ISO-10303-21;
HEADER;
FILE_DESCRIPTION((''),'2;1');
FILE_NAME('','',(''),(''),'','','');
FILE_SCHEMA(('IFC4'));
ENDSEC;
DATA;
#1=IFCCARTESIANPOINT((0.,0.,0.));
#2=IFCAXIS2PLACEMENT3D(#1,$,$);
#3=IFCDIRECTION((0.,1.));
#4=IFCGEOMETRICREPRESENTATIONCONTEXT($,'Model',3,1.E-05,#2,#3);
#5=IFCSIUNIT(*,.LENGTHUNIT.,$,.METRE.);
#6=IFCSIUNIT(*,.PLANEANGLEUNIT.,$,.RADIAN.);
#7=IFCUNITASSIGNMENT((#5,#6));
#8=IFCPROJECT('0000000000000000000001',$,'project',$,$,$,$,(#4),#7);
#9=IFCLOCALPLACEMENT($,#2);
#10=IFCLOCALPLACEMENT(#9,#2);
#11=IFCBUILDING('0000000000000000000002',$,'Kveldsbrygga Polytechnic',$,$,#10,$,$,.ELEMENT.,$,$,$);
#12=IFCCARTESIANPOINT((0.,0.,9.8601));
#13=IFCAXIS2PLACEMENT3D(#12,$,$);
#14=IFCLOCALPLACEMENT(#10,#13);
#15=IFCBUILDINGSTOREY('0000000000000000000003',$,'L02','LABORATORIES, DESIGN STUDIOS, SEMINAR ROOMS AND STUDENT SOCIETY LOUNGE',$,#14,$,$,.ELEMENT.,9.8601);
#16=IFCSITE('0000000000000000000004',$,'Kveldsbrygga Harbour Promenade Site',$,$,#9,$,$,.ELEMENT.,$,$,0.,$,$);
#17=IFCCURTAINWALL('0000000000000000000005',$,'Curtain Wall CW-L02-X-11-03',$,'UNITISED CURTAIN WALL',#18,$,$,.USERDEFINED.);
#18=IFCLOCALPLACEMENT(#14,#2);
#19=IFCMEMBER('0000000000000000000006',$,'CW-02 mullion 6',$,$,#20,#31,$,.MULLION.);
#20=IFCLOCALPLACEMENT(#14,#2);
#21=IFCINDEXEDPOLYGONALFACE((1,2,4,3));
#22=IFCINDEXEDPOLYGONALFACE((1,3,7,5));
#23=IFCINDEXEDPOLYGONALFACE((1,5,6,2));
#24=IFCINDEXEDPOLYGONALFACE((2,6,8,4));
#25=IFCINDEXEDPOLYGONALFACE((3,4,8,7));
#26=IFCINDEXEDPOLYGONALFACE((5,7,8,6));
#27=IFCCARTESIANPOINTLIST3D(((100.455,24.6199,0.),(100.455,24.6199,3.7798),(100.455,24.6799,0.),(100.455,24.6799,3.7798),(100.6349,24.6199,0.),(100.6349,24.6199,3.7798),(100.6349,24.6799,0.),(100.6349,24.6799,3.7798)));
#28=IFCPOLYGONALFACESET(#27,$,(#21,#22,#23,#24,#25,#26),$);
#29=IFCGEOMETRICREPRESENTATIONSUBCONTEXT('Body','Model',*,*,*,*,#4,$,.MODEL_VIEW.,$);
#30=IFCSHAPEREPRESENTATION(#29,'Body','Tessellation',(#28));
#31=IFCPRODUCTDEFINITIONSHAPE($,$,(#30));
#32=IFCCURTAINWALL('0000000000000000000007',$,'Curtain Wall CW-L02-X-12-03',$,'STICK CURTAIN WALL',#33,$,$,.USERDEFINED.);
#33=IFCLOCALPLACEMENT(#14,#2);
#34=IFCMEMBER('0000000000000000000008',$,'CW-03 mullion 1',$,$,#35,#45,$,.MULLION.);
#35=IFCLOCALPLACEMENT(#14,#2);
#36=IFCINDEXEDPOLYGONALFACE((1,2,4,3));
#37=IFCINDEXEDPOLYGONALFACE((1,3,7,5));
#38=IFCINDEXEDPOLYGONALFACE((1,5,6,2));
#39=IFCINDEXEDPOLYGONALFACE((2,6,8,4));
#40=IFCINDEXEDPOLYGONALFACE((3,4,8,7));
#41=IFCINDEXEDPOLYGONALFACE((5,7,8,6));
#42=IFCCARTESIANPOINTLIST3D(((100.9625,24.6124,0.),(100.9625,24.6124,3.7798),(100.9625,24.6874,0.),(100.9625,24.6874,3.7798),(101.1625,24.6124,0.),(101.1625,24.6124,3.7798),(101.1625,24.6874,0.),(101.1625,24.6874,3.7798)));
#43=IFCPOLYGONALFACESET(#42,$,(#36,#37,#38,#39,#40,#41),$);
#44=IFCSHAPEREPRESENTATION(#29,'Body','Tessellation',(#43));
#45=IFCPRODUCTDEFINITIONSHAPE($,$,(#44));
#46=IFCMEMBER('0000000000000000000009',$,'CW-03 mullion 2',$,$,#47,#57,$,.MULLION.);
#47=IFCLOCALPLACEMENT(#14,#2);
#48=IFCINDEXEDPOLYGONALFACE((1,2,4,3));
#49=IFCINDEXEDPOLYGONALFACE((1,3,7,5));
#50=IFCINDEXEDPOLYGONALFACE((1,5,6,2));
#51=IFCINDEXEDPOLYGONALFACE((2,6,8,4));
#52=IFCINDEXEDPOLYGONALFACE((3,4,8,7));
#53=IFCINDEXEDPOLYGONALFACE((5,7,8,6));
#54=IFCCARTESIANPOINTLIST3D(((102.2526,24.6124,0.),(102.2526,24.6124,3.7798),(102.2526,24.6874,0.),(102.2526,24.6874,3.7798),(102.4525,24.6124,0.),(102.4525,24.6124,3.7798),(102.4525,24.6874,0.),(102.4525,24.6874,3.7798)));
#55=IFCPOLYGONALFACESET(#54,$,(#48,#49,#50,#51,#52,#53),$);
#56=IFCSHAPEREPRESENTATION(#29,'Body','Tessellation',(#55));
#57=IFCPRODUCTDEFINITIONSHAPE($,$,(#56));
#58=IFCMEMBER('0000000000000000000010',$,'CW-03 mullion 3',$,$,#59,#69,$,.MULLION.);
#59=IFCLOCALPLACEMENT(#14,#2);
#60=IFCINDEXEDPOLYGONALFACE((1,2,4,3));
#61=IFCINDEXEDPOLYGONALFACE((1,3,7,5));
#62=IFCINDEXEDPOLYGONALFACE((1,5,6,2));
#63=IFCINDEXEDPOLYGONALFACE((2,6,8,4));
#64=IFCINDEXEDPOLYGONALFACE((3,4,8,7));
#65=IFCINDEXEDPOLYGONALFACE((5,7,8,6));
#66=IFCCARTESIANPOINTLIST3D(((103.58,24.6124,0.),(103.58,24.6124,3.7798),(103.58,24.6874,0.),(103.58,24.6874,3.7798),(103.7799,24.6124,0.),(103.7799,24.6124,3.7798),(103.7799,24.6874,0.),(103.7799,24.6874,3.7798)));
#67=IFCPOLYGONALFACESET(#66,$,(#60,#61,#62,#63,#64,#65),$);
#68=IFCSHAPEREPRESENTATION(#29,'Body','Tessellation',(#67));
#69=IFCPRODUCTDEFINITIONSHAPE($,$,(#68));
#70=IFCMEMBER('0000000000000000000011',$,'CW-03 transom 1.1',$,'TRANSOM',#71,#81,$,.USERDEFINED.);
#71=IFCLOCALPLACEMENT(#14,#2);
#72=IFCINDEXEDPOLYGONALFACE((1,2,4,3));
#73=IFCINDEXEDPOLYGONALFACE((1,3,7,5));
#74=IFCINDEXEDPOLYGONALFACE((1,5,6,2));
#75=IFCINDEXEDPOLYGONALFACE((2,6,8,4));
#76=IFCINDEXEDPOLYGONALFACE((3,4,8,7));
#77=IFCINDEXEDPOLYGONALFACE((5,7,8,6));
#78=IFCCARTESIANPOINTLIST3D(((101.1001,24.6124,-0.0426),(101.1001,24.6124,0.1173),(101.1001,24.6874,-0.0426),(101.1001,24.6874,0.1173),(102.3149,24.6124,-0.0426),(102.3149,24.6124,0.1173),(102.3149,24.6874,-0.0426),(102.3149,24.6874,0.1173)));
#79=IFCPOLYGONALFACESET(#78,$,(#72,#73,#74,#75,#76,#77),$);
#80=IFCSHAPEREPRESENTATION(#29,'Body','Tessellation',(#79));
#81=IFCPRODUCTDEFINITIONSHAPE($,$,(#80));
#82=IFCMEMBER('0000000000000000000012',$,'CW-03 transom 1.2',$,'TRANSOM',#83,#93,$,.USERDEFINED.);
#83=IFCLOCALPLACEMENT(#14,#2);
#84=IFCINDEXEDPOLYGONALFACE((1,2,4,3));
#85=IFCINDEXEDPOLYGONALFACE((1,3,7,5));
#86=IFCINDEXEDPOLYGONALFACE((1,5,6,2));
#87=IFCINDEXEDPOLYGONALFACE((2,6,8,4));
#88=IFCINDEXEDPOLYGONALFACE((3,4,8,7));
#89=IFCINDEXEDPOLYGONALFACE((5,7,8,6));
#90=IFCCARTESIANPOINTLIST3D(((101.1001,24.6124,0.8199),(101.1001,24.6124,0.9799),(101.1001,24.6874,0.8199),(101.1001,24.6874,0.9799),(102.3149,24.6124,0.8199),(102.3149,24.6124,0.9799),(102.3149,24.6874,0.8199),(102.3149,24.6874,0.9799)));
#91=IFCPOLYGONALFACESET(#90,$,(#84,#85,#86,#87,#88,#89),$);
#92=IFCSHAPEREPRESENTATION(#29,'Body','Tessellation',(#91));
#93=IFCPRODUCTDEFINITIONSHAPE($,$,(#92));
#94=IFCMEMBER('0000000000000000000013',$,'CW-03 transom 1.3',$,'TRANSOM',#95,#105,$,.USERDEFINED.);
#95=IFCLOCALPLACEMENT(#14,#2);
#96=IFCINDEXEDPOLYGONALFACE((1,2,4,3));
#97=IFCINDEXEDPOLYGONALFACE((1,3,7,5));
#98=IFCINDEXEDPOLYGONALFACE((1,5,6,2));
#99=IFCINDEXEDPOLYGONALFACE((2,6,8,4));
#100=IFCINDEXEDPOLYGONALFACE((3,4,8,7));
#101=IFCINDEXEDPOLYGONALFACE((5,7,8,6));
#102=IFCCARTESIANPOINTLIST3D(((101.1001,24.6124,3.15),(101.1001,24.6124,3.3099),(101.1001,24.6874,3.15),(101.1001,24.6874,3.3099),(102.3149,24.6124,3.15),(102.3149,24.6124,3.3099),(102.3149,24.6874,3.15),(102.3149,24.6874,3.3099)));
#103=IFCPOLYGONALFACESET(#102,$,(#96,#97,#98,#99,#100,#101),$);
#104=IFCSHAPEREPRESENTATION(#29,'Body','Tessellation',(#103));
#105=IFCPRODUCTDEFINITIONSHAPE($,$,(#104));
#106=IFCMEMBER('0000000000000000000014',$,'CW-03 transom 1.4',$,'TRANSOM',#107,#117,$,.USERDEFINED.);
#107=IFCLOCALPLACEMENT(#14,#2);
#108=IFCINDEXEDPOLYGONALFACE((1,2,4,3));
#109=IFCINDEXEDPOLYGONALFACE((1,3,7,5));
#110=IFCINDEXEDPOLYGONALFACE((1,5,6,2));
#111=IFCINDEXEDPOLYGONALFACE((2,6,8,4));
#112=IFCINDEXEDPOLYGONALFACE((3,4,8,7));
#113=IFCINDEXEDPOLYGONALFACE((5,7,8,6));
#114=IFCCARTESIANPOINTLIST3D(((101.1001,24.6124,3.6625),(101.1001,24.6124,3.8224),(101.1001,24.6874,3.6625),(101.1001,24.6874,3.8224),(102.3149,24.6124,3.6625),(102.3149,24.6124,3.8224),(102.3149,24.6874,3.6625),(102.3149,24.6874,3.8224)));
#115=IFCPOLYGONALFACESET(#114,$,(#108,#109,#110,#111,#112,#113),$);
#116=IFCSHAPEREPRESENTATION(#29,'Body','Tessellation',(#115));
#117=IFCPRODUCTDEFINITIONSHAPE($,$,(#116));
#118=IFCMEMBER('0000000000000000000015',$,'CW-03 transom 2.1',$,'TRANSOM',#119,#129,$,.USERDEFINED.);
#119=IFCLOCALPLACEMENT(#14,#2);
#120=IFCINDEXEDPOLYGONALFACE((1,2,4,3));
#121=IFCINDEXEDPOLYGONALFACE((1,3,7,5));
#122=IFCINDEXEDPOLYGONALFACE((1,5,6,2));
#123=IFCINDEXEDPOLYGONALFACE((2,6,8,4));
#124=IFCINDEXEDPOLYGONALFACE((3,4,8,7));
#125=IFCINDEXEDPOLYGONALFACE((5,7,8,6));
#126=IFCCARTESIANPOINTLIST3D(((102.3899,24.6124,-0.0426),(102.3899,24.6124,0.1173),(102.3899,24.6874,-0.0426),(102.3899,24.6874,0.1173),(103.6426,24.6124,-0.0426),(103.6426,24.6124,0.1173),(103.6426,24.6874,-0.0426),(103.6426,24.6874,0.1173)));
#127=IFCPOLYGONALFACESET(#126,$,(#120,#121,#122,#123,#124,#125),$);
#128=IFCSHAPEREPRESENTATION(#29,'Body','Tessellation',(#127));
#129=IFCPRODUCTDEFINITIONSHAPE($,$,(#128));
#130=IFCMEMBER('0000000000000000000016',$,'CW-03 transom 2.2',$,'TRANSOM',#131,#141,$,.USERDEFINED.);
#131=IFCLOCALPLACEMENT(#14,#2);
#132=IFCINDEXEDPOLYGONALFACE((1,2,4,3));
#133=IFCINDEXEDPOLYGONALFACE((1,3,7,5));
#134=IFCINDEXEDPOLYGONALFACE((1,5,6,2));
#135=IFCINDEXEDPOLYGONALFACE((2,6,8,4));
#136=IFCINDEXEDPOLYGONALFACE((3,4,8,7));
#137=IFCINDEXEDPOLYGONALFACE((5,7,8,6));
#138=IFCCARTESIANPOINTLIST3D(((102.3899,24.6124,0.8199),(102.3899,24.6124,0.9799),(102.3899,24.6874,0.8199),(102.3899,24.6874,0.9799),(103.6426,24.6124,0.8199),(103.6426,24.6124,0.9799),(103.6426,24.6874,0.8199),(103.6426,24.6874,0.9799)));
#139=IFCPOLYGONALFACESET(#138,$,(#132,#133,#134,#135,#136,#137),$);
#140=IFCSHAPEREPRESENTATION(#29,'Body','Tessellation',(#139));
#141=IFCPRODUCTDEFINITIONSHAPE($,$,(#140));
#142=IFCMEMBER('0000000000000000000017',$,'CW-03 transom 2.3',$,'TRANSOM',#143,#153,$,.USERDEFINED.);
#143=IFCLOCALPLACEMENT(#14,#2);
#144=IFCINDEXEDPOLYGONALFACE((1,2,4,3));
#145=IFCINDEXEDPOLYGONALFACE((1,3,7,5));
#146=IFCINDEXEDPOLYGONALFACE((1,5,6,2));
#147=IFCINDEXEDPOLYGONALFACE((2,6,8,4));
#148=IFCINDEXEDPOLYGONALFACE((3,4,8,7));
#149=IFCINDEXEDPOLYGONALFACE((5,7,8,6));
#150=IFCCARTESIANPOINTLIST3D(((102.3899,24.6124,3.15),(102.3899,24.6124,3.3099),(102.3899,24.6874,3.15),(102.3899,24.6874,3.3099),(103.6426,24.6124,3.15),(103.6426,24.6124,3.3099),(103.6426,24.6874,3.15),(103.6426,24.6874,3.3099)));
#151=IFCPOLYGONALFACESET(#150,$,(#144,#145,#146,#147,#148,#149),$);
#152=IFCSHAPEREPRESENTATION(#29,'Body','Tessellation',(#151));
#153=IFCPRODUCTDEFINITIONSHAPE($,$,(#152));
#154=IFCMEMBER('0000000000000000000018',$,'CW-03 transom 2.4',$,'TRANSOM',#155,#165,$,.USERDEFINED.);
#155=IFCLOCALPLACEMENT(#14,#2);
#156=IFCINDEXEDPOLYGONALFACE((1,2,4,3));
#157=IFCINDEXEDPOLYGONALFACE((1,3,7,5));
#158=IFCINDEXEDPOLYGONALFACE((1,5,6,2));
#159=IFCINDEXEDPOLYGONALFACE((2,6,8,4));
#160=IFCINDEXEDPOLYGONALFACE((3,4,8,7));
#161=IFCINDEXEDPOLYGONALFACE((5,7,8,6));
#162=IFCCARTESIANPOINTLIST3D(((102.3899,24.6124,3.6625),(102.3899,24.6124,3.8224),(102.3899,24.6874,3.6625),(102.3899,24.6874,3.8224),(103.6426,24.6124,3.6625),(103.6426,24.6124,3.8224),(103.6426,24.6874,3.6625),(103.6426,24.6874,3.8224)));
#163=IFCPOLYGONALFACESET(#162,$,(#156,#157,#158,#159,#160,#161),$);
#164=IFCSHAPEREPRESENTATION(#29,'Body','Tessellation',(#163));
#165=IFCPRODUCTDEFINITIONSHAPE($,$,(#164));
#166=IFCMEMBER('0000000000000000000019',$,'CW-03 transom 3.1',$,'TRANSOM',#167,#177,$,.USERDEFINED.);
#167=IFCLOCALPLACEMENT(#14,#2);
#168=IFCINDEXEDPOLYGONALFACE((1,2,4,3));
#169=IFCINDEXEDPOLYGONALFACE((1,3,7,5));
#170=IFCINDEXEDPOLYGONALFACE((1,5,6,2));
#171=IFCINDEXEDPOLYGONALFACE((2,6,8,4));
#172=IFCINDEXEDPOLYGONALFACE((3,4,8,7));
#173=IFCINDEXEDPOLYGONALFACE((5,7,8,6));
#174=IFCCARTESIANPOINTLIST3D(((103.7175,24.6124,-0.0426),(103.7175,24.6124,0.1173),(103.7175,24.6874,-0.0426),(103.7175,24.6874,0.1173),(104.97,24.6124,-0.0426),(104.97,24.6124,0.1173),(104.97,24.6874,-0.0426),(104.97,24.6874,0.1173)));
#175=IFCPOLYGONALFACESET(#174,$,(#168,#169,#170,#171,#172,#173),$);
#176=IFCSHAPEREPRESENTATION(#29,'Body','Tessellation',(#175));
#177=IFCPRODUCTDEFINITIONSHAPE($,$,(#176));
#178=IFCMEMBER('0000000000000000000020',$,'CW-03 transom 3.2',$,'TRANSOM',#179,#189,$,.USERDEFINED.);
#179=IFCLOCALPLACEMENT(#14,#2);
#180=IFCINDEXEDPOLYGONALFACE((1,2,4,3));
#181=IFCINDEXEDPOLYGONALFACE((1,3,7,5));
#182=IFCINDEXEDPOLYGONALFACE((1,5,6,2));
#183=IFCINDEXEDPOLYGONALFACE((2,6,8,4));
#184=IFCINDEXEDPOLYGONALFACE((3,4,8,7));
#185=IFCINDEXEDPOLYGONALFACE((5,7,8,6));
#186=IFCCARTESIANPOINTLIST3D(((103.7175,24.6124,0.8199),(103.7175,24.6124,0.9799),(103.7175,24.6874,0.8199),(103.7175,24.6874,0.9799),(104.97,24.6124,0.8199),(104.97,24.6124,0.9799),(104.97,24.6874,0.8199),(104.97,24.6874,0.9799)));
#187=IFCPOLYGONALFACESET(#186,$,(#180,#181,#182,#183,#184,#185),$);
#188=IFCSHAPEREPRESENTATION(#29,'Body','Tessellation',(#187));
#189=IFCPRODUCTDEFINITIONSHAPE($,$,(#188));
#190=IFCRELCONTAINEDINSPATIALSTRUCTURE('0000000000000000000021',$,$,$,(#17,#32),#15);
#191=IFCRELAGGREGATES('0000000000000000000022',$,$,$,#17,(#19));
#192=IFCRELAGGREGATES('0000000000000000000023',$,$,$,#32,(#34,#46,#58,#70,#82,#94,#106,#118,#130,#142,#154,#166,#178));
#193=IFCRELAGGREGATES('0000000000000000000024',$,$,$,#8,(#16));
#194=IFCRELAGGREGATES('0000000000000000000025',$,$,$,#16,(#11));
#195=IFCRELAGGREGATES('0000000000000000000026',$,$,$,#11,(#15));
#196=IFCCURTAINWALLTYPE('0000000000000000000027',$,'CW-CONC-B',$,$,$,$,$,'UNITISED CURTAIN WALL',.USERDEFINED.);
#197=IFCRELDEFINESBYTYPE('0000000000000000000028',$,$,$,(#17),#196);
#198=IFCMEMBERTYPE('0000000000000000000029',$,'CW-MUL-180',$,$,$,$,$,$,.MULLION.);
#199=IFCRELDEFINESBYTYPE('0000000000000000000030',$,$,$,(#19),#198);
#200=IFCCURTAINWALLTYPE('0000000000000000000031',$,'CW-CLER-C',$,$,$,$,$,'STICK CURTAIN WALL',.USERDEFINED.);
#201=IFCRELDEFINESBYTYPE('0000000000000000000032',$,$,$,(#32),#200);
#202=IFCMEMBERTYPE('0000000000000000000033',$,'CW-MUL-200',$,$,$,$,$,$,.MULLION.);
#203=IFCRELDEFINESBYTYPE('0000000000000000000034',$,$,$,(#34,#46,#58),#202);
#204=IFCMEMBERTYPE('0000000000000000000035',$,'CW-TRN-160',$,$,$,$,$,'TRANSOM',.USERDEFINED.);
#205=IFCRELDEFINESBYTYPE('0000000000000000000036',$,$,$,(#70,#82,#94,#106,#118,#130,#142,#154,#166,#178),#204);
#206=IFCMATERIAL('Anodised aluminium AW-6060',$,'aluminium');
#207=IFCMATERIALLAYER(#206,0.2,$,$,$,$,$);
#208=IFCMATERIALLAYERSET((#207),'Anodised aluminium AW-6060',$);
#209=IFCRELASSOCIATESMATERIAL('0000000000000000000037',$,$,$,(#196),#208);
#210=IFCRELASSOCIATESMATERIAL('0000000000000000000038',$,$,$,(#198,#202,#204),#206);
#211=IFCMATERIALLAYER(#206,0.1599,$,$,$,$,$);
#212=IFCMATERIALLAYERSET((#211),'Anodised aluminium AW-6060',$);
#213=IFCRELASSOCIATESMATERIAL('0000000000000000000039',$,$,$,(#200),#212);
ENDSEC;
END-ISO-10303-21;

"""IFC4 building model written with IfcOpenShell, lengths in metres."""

from ifc_helpers import new_model, si_unit, direction, frame, origin, origin_2d, place, context, subcontext, project, spatial, rectangle, extrude, material, layer, layer_set, material_profile, profile_set, type_object, element, aggregate, save


model = new_model("IFC4")

# Units and contexts
model_context = context("Model", 3, precision=1e-05, world=origin(), true_north=direction((0.0, 1.0)))
body_context = subcontext(model_context, "Body", "Model", "MODEL_VIEW")
ifc_project = project(units=[si_unit("LENGTHUNIT", "METRE"), si_unit("PLANEANGLEUNIT", "RADIAN")], contexts=[model_context])

# Site, building, storey
site_placement = place(None, origin())
site = spatial("IfcSite", under=ifc_project, at=site_placement, Name="Kveldsbrygga Harbour Promenade Site", CompositionType="ELEMENT", RefElevation=0.0)
building_placement = place(site_placement, origin())
building = spatial("IfcBuilding", under=site, at=building_placement, Name="Kveldsbrygga Polytechnic", CompositionType="ELEMENT")
storey_placement = place(building_placement, frame((0.0, 0.0, 9.8601)))
storey = spatial("IfcBuildingStorey", under=building, at=storey_placement, Name="L02", Description="LABORATORIES, DESIGN STUDIOS, SEMINAR ROOMS AND STUDENT SOCIETY LOUNGE", CompositionType="ELEMENT", Elevation=9.8601)

# Curtain wall, member
ifc_material_1 = material(Name="Anodised aluminium AW-6060", Category="aluminium")
ifc_layer_1 = layer(ifc_material_1, 0.2)
ifc_layer_set_1 = layer_set([ifc_layer_1], Name="Anodised aluminium AW-6060")
curtain_wall_type_1 = type_object("IfcCurtainWallType", Name="CW-CONC-B", ElementType="UNITISED CURTAIN WALL", PredefinedType="USERDEFINED", material=ifc_layer_set_1)
curtain_wall_1_placement = place(storey_placement, origin())
curtain_wall_1 = element("IfcCurtainWall", 1, at=curtain_wall_1_placement, inside=storey, type_object=curtain_wall_type_1, Name="Curtain Wall CW-L02-X-11-03", ObjectType="UNITISED CURTAIN WALL", PredefinedType="USERDEFINED")
ifc_material_profile_1 = material_profile(ifc_material_1, rectangle(XDim=0.0601, YDim=0.1799, at=origin_2d()), Name="ALU 60x180")
ifc_profile_set_1 = profile_set([ifc_material_profile_1], Name="Anodised aluminium AW-6060")
member_type_1 = type_object("IfcMemberType", Name="CW-MUL-180", PredefinedType="MULLION", material=ifc_profile_set_1)
member_1_placement = place(storey_placement, frame((100.5449, 24.6499, 0.0), z_axis=(0.0, 0.0, 1.0), x_axis=(0.0, 1.0, 0.0)))
member_1 = element("IfcMember", 2, at=member_1_placement, type_object=member_type_1, Name="CW-02 mullion 6", PredefinedType="MULLION", context=body_context, shape_type="SweptSolid", body=[
    extrude(rectangle(XDim=0.0601, YDim=0.1799, at=origin_2d()), origin(), (0.0, 0.0, 1.0), 3.7798),
])

# Curtain wall, members
ifc_layer_2 = layer(ifc_material_1, 0.1599)
ifc_layer_set_2 = layer_set([ifc_layer_2], Name="Anodised aluminium AW-6060")
curtain_wall_type_2 = type_object("IfcCurtainWallType", Name="CW-CLER-C", ElementType="STICK CURTAIN WALL", PredefinedType="USERDEFINED", material=ifc_layer_set_2)
curtain_wall_2_placement = place(storey_placement, origin())
curtain_wall_2 = element("IfcCurtainWall", 3, at=curtain_wall_2_placement, inside=storey, type_object=curtain_wall_type_2, Name="Curtain Wall CW-L02-X-12-03", ObjectType="STICK CURTAIN WALL", PredefinedType="USERDEFINED")
ifc_material_profile_2 = material_profile(ifc_material_1, rectangle(XDim=0.075, YDim=0.2, at=origin_2d()), Name="ALU 75x200")
ifc_profile_set_2 = profile_set([ifc_material_profile_2], Name="Anodised aluminium AW-6060")
member_type_2 = type_object("IfcMemberType", Name="CW-MUL-200", PredefinedType="MULLION", material=ifc_profile_set_2)
member_2_placement = place(storey_placement, frame((101.0625, 24.6499, 0.0), z_axis=(0.0, 0.0, 1.0), x_axis=(0.0, 1.0, 0.0)))
member_2 = element("IfcMember", 4, at=member_2_placement, type_object=member_type_2, Name="CW-03 mullion 1", PredefinedType="MULLION", context=body_context, shape_type="SweptSolid", body=[
    extrude(rectangle(XDim=0.075, YDim=0.2, at=origin_2d()), origin(), (0.0, 0.0, 1.0), 3.7798),
])
member_3_placement = place(storey_placement, frame((102.3525, 24.6499, 0.0), z_axis=(0.0, 0.0, 1.0), x_axis=(0.0, 1.0, 0.0)))
member_3 = element("IfcMember", 5, at=member_3_placement, type_object=member_type_2, Name="CW-03 mullion 2", PredefinedType="MULLION", context=body_context, shape_type="SweptSolid", body=[
    extrude(rectangle(XDim=0.075, YDim=0.2, at=origin_2d()), origin(), (0.0, 0.0, 1.0), 3.7798),
])
member_4_placement = place(storey_placement, frame((103.6799, 24.6499, 0.0), z_axis=(0.0, 0.0, 1.0), x_axis=(0.0, 1.0, 0.0)))
member_4 = element("IfcMember", 6, at=member_4_placement, type_object=member_type_2, Name="CW-03 mullion 3", PredefinedType="MULLION", context=body_context, shape_type="SweptSolid", body=[
    extrude(rectangle(XDim=0.075, YDim=0.2, at=origin_2d()), origin(), (0.0, 0.0, 1.0), 3.7798),
])
ifc_material_profile_3 = material_profile(ifc_material_1, rectangle(XDim=0.075, YDim=0.1599, at=origin_2d()), Name="ALU 75x160")
ifc_profile_set_3 = profile_set([ifc_material_profile_3], Name="Anodised aluminium AW-6060")
member_type_3 = type_object("IfcMemberType", Name="CW-TRN-160", ElementType="TRANSOM", PredefinedType="USERDEFINED", material=ifc_profile_set_3)
member_5_placement = place(storey_placement, frame((101.1001, 24.6499, 0.0374), z_axis=(1.0, 0.0, 0.0), x_axis=(0.0, 1.0, 0.0)))
member_5 = element("IfcMember", 7, at=member_5_placement, type_object=member_type_3, Name="CW-03 transom 1.1", ObjectType="TRANSOM", PredefinedType="USERDEFINED", context=body_context, shape_type="SweptSolid", body=[
    extrude(rectangle(XDim=0.075, YDim=0.1599, at=origin_2d()), origin(), (0.0, 0.0, 1.0), 1.2148),
])
member_6_placement = place(storey_placement, frame((101.1001, 24.6499, 0.8999), z_axis=(1.0, 0.0, 0.0), x_axis=(0.0, 1.0, 0.0)))
member_6 = element("IfcMember", 8, at=member_6_placement, type_object=member_type_3, Name="CW-03 transom 1.2", ObjectType="TRANSOM", PredefinedType="USERDEFINED", context=body_context, shape_type="SweptSolid", body=[
    extrude(rectangle(XDim=0.075, YDim=0.1599, at=origin_2d()), origin(), (0.0, 0.0, 1.0), 1.2148),
])
member_7_placement = place(storey_placement, frame((101.1001, 24.6499, 3.23), z_axis=(1.0, 0.0, 0.0), x_axis=(0.0, 1.0, 0.0)))
member_7 = element("IfcMember", 9, at=member_7_placement, type_object=member_type_3, Name="CW-03 transom 1.3", ObjectType="TRANSOM", PredefinedType="USERDEFINED", context=body_context, shape_type="SweptSolid", body=[
    extrude(rectangle(XDim=0.075, YDim=0.1599, at=origin_2d()), origin(), (0.0, 0.0, 1.0), 1.2148),
])
member_8_placement = place(storey_placement, frame((101.1001, 24.6499, 3.7424), z_axis=(1.0, 0.0, 0.0), x_axis=(0.0, 1.0, 0.0)))
member_8 = element("IfcMember", 10, at=member_8_placement, type_object=member_type_3, Name="CW-03 transom 1.4", ObjectType="TRANSOM", PredefinedType="USERDEFINED", context=body_context, shape_type="SweptSolid", body=[
    extrude(rectangle(XDim=0.075, YDim=0.1599, at=origin_2d()), origin(), (0.0, 0.0, 1.0), 1.2148),
])
member_9_placement = place(storey_placement, frame((102.3899, 24.6499, 0.0374), z_axis=(1.0, 0.0, 0.0), x_axis=(0.0, 1.0, 0.0)))
member_9 = element("IfcMember", 11, at=member_9_placement, type_object=member_type_3, Name="CW-03 transom 2.1", ObjectType="TRANSOM", PredefinedType="USERDEFINED", context=body_context, shape_type="SweptSolid", body=[
    extrude(rectangle(XDim=0.075, YDim=0.1599, at=origin_2d()), origin(), (0.0, 0.0, 1.0), 1.2527),
])
member_10_placement = place(storey_placement, frame((102.3899, 24.6499, 0.8999), z_axis=(1.0, 0.0, 0.0), x_axis=(0.0, 1.0, 0.0)))
member_10 = element("IfcMember", 12, at=member_10_placement, type_object=member_type_3, Name="CW-03 transom 2.2", ObjectType="TRANSOM", PredefinedType="USERDEFINED", context=body_context, shape_type="SweptSolid", body=[
    extrude(rectangle(XDim=0.075, YDim=0.1599, at=origin_2d()), origin(), (0.0, 0.0, 1.0), 1.2527),
])
member_11_placement = place(storey_placement, frame((102.3899, 24.6499, 3.23), z_axis=(1.0, 0.0, 0.0), x_axis=(0.0, 1.0, 0.0)))
member_11 = element("IfcMember", 13, at=member_11_placement, type_object=member_type_3, Name="CW-03 transom 2.3", ObjectType="TRANSOM", PredefinedType="USERDEFINED", context=body_context, shape_type="SweptSolid", body=[
    extrude(rectangle(XDim=0.075, YDim=0.1599, at=origin_2d()), origin(), (0.0, 0.0, 1.0), 1.2527),
])
member_12_placement = place(storey_placement, frame((102.3899, 24.6499, 3.7424), z_axis=(1.0, 0.0, 0.0), x_axis=(0.0, 1.0, 0.0)))
member_12 = element("IfcMember", 14, at=member_12_placement, type_object=member_type_3, Name="CW-03 transom 2.4", ObjectType="TRANSOM", PredefinedType="USERDEFINED", context=body_context, shape_type="SweptSolid", body=[
    extrude(rectangle(XDim=0.075, YDim=0.1599, at=origin_2d()), origin(), (0.0, 0.0, 1.0), 1.2527),
])
member_13_placement = place(storey_placement, frame((103.7175, 24.6499, 0.0374), z_axis=(1.0, 0.0, 0.0), x_axis=(0.0, 1.0, 0.0)))
member_13 = element("IfcMember", 15, at=member_13_placement, type_object=member_type_3, Name="CW-03 transom 3.1", ObjectType="TRANSOM", PredefinedType="USERDEFINED", context=body_context, shape_type="SweptSolid", body=[
    extrude(rectangle(XDim=0.075, YDim=0.1599, at=origin_2d()), origin(), (0.0, 0.0, 1.0), 1.2524),
])
member_14_placement = place(storey_placement, frame((103.7175, 24.6499, 0.8999), z_axis=(1.0, 0.0, 0.0), x_axis=(0.0, 1.0, 0.0)))
member_14 = element("IfcMember", 16, at=member_14_placement, type_object=member_type_3, Name="CW-03 transom 3.2", ObjectType="TRANSOM", PredefinedType="USERDEFINED", context=body_context, shape_type="SweptSolid", body=[
    extrude(rectangle(XDim=0.075, YDim=0.1599, at=origin_2d()), origin(), (0.0, 0.0, 1.0), 1.2524),
])

aggregate(curtain_wall_1, [member_1])
aggregate(curtain_wall_2, [member_2, member_3, member_4, member_5, member_6, member_7, member_8, member_9, member_10, member_11, member_12, member_13, member_14])

save(model, "model.ifc")
